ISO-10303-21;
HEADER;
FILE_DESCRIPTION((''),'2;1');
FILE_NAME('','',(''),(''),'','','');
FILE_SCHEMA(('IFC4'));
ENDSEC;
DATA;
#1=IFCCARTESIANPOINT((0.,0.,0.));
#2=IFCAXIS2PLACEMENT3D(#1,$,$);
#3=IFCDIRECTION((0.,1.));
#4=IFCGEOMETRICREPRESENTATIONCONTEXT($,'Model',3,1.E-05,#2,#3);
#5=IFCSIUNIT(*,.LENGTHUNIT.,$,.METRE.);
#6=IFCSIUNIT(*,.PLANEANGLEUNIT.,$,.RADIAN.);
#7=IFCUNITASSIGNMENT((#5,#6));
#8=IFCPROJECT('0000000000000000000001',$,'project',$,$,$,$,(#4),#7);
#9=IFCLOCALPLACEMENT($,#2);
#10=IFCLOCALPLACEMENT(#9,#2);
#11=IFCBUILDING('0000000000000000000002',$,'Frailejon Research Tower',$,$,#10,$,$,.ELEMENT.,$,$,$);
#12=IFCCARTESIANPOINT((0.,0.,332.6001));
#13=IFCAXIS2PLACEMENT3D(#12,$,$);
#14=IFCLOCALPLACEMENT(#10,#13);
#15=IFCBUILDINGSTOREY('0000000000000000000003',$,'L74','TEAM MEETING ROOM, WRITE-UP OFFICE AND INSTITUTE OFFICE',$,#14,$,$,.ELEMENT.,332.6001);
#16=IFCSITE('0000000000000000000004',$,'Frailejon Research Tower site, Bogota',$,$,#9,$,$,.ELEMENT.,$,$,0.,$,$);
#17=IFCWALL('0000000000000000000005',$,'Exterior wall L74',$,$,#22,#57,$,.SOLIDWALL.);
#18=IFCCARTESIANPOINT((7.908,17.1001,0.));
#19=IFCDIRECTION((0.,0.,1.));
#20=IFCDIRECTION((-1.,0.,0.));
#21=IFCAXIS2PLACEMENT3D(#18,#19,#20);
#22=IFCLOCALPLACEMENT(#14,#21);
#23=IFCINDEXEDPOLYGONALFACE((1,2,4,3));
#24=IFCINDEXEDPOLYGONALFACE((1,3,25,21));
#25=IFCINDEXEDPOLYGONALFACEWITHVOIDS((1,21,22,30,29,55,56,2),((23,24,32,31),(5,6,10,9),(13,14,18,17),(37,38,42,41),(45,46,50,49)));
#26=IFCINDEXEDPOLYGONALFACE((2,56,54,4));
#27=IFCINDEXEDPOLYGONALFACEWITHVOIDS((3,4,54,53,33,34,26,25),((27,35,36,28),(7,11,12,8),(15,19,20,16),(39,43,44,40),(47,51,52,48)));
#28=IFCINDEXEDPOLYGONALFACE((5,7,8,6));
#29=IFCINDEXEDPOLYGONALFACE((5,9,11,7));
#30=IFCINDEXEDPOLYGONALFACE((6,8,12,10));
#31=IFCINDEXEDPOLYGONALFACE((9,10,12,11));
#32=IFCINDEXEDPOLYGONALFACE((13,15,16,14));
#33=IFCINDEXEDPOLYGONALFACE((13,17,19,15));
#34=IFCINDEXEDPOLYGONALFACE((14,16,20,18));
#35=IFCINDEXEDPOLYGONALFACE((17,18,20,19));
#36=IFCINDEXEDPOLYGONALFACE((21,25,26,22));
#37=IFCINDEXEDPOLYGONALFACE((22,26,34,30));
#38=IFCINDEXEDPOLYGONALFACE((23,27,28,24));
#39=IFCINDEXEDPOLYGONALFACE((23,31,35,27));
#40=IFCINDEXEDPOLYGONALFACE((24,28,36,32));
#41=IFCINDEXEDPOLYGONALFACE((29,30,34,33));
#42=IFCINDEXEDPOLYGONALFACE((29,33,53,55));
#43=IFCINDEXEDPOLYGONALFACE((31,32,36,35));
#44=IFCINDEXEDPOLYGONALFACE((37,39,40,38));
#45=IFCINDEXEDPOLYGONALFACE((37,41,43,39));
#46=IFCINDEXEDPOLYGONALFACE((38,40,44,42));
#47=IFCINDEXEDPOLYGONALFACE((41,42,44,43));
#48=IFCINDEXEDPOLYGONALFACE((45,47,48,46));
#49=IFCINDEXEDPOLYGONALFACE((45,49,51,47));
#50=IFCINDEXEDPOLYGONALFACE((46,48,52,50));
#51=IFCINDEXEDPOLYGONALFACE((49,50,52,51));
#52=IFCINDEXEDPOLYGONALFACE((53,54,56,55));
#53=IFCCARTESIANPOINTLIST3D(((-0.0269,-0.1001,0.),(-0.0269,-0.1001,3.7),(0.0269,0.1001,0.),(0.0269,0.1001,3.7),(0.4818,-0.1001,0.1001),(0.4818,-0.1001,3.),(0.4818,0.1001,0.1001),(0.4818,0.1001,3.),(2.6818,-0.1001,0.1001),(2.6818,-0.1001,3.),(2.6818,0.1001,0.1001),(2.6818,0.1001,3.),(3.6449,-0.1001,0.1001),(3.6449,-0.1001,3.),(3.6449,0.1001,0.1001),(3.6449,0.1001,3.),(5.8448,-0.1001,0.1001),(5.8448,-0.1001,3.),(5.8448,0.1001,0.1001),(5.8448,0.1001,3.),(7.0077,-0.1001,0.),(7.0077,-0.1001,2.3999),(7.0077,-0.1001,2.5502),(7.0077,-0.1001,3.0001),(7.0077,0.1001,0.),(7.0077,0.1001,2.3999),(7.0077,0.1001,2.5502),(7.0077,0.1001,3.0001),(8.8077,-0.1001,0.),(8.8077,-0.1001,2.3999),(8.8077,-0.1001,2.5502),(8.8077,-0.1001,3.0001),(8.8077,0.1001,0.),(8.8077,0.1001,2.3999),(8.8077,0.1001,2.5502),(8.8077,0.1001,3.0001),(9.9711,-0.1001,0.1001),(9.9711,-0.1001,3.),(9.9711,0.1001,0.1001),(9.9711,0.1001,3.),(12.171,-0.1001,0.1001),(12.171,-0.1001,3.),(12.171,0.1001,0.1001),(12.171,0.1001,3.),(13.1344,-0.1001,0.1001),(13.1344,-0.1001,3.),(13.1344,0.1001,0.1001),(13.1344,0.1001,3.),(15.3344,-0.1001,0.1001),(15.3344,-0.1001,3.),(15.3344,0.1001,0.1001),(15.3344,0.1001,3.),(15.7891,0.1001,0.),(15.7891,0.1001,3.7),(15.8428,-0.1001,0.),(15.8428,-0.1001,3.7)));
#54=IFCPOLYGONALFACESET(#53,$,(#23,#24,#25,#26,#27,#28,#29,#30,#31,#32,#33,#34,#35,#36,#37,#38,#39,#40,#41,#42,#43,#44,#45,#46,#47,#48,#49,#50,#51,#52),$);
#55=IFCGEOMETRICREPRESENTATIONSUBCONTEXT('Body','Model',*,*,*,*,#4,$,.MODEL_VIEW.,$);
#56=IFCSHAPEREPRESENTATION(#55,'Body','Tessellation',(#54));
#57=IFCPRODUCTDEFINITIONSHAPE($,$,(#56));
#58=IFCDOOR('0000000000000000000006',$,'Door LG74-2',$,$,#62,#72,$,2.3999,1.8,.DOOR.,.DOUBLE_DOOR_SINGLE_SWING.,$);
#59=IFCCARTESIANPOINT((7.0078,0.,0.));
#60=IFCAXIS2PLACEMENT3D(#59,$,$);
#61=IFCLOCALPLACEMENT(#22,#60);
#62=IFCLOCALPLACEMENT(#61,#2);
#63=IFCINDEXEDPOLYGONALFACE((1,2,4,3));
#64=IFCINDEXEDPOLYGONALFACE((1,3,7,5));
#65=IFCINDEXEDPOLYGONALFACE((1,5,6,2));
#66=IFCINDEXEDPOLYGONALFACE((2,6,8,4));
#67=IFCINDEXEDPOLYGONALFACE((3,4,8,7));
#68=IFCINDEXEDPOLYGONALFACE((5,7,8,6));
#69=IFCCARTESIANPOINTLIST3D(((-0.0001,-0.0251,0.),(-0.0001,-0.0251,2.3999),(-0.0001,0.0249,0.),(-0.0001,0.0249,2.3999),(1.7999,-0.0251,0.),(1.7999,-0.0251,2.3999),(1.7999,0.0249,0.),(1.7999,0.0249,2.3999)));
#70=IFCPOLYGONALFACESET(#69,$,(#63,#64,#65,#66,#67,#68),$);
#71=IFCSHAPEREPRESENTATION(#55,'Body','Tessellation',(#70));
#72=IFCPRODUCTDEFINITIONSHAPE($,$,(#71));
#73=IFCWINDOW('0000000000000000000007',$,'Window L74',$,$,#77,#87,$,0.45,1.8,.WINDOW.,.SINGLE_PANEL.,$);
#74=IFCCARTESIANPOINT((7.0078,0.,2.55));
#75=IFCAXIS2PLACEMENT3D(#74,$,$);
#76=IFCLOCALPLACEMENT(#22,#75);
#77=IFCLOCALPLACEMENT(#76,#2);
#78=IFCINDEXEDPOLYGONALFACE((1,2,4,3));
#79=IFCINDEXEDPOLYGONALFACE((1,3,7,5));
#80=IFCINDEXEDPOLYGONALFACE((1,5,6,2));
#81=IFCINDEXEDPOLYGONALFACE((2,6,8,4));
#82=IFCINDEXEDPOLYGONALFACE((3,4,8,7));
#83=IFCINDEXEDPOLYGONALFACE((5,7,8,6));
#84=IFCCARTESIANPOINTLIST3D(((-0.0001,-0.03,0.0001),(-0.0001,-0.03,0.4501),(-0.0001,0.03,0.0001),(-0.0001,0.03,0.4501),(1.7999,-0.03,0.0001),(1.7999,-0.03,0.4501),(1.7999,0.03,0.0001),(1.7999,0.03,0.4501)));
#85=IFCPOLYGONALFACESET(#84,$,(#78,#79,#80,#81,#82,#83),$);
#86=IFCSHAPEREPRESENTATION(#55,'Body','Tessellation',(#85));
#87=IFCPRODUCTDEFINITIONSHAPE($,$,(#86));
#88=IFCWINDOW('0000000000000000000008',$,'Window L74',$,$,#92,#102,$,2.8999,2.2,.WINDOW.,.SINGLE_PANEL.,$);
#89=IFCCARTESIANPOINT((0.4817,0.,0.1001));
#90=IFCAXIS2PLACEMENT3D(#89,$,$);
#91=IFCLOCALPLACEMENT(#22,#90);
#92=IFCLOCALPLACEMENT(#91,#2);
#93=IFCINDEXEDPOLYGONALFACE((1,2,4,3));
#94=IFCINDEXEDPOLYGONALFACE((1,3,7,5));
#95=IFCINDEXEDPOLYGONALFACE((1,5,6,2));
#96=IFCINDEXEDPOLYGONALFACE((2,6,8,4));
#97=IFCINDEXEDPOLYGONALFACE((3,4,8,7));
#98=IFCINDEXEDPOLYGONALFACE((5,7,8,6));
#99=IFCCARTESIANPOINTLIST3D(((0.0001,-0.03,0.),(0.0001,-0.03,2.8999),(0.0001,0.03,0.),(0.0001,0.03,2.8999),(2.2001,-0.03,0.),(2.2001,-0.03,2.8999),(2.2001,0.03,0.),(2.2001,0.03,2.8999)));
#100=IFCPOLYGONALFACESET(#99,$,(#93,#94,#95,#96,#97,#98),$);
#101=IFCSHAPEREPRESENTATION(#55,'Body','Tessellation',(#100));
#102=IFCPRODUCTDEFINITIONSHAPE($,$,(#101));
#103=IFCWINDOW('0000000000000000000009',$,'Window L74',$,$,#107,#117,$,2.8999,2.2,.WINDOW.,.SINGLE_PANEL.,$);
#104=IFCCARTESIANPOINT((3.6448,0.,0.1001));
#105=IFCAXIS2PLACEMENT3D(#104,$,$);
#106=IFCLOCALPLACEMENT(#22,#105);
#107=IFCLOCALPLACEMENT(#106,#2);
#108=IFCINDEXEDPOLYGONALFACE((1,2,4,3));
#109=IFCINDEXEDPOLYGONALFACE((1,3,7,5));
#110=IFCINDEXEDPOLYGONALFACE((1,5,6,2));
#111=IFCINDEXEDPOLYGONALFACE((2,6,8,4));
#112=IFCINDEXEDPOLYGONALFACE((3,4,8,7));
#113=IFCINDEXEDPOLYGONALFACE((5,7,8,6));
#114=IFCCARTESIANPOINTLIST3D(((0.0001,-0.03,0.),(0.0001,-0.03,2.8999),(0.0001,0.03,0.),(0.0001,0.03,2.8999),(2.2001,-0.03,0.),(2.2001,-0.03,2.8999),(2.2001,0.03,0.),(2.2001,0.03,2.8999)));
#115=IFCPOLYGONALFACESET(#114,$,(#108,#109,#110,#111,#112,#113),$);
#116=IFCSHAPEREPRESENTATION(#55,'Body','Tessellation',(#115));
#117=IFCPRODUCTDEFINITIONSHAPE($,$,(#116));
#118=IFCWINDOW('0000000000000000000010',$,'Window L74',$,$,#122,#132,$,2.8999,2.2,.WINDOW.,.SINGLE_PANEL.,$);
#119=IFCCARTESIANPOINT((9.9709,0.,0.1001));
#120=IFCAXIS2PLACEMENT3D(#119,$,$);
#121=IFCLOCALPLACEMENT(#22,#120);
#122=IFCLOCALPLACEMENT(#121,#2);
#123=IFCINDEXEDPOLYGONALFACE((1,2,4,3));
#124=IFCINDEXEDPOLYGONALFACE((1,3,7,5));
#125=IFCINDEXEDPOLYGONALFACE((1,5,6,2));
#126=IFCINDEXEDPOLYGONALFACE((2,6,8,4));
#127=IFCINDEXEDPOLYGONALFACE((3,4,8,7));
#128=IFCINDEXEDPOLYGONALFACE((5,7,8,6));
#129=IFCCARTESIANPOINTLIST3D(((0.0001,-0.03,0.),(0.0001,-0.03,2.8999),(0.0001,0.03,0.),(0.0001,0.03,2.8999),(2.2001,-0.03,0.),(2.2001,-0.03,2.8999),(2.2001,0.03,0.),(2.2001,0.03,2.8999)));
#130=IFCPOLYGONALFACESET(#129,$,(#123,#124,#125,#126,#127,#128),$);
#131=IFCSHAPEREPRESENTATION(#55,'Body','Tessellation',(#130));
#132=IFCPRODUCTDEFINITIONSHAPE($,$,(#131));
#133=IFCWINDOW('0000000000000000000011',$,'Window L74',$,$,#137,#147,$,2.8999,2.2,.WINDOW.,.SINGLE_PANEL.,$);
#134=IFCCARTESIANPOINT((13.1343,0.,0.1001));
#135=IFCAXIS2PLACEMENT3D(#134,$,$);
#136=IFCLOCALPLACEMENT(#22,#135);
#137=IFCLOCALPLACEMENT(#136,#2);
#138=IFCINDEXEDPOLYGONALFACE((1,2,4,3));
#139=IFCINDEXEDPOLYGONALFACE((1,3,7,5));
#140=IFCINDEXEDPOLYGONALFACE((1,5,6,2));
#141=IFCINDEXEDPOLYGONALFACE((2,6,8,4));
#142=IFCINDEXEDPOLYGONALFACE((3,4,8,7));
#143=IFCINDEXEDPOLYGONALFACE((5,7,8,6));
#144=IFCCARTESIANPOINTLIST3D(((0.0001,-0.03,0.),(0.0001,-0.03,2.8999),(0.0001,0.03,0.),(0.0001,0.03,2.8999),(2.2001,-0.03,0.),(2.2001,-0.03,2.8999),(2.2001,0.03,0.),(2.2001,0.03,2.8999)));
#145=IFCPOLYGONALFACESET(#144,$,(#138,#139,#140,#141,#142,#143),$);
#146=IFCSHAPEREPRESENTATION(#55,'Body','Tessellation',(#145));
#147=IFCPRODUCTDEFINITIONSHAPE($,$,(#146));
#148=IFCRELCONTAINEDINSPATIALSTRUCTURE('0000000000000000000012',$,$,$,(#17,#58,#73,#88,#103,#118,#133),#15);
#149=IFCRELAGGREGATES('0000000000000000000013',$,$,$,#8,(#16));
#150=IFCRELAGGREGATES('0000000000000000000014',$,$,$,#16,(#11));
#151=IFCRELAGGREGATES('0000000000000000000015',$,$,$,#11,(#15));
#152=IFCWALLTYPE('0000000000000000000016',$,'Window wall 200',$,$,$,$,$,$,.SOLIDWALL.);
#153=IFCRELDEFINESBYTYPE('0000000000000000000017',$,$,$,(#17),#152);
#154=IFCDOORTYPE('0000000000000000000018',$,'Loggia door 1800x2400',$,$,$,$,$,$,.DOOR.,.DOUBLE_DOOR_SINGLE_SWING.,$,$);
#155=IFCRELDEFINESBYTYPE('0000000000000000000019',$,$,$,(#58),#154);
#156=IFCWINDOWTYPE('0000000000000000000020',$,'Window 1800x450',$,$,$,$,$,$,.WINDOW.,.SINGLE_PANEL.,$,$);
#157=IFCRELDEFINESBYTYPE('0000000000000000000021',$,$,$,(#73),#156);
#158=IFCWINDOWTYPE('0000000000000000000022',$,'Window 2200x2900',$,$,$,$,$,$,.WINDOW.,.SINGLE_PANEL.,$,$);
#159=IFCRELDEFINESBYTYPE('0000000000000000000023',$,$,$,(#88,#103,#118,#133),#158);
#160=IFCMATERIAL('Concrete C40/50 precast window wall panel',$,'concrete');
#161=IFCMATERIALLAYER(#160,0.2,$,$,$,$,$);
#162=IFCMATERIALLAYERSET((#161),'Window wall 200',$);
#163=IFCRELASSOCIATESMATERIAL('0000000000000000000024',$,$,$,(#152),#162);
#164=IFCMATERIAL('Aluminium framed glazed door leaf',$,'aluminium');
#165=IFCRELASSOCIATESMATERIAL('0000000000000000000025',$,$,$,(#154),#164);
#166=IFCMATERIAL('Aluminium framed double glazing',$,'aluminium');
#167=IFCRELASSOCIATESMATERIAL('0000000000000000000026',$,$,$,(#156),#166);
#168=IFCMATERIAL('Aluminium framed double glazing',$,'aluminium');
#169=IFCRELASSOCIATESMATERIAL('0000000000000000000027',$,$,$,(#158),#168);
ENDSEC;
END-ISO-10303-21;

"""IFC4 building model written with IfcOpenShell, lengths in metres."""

from ifc_helpers import new_model, si_unit, direction, frame, frame_2d, origin, place, context, subcontext, project, spatial, polyline, rectangle, outline, extrude, material, layer, layer_set, type_object, element, fill, save


model = new_model("IFC4")

# Units and contexts
model_context = context("Model", 3, precision=1e-05, world=origin(), true_north=direction((0.0, 1.0)))
body_context = subcontext(model_context, "Body", "Model", "MODEL_VIEW")
ifc_project = project(units=[si_unit("LENGTHUNIT", "METRE"), si_unit("PLANEANGLEUNIT", "RADIAN")], contexts=[model_context])

# Site, building, storey
site_placement = place(None, origin())
site = spatial("IfcSite", under=ifc_project, at=site_placement, Name="Frailejon Research Tower site, Bogota", CompositionType="ELEMENT", RefElevation=0.0)
building_placement = place(site_placement, origin())
building = spatial("IfcBuilding", under=site, at=building_placement, Name="Frailejon Research Tower", CompositionType="ELEMENT")
storey_placement = place(building_placement, frame((0.0, 0.0, 332.6001)))
storey = spatial("IfcBuildingStorey", under=building, at=storey_placement, Name="L74", Description="TEAM MEETING ROOM, WRITE-UP OFFICE AND INSTITUTE OFFICE", CompositionType="ELEMENT", Elevation=332.6001)

# Wall, openings, door, windows
ifc_material_1 = material(Name="Concrete C40/50 precast window wall panel", Category="concrete")
ifc_layer_1 = layer(ifc_material_1, 0.2)
ifc_layer_set_1 = layer_set([ifc_layer_1], Name="Window wall 200")
wall_type_1 = type_object("IfcWallType", Name="Window wall 200", PredefinedType="SOLIDWALL", material=ifc_layer_set_1)
wall_1_placement = place(storey_placement, frame((7.908, 17.1001, 0.0), z_axis=(0.0, 0.0, 1.0), x_axis=(-1.0, 0.0, 0.0)))
wall_1 = element("IfcWall", 1, at=wall_1_placement, inside=storey, type_object=wall_type_1, Name="Exterior wall L74", PredefinedType="SOLIDWALL", context=body_context, shape_type="SweptSolid", body=[
    extrude(outline(polyline([(-0.0269, -0.1001), (1.031, -0.1001), (2.0891, -0.1001), (3.147, -0.1001), (4.2051, -0.1001), (5.2629, -0.1001), (6.321, -0.1001), (7.3789, -0.1001), (8.437, -0.1001), (9.4949, -0.1001), (10.553, -0.1001), (11.6108, -0.1001), (12.6689, -0.1001), (13.7268, -0.1001), (14.7849, -0.1001), (15.8428, -0.1001), (15.7891, 0.1001), (14.7383, 0.1001), (13.6875, 0.1001), (12.6367, 0.1001), (11.5857, 0.1001), (10.5349, 0.1001), (9.4841, 0.1001), (8.4333, 0.1001), (7.3826, 0.1001), (6.3318, 0.1001), (5.281, 0.1001), (4.2302, 0.1001), (3.1792, 0.1001), (2.1284, 0.1001), (1.0776, 0.1001), (0.0269, 0.1001), (-0.0269, -0.1001)])), origin(), (0.0, 0.0, 1.0), 3.7),
])
opening_1_placement = place(wall_1_placement, frame((0.4817, 0.0, 0.1001)))
opening_1 = element("IfcOpeningElement", 2, at=opening_1_placement, cuts=wall_1, PredefinedType="OPENING", context=body_context, shape_type="SweptSolid", body=[
    extrude(rectangle(XDim=2.2, YDim=2.8999, at=frame_2d((1.1001, 1.45))), frame((0.0, 0.1099, 0.0), z_axis=(0.0, -1.0, 0.0), x_axis=(1.0, 0.0, 0.0)), (0.0, 0.0, 1.0), 0.22),
])
opening_2_placement = place(wall_1_placement, frame((3.6448, 0.0, 0.1001)))
opening_2 = element("IfcOpeningElement", 3, at=opening_2_placement, cuts=wall_1, PredefinedType="OPENING", context=body_context, shape_type="SweptSolid", body=[
    extrude(rectangle(XDim=2.2, YDim=2.8999, at=frame_2d((1.1001, 1.45))), frame((0.0, 0.1099, 0.0), z_axis=(0.0, -1.0, 0.0), x_axis=(1.0, 0.0, 0.0)), (0.0, 0.0, 1.0), 0.22),
])
opening_3_placement = place(wall_1_placement, frame((7.0078, 0.0, 0.0)))
opening_3 = element("IfcOpeningElement", 4, at=opening_3_placement, cuts=wall_1, PredefinedType="OPENING", context=body_context, shape_type="SweptSolid", body=[
    extrude(rectangle(XDim=1.8, YDim=2.3999, at=frame_2d((0.8999, 1.2))), frame((0.0, 0.1099, 0.0), z_axis=(0.0, -1.0, 0.0), x_axis=(1.0, 0.0, 0.0)), (0.0, 0.0, 1.0), 0.22),
])
opening_4_placement = place(wall_1_placement, frame((7.0078, 0.0, 2.55)))
opening_4 = element("IfcOpeningElement", 5, at=opening_4_placement, cuts=wall_1, PredefinedType="OPENING", context=body_context, shape_type="SweptSolid", body=[
    extrude(rectangle(XDim=1.8, YDim=0.45, at=frame_2d((0.8999, 0.2251))), frame((0.0, 0.1099, 0.0), z_axis=(0.0, -1.0, 0.0), x_axis=(1.0, 0.0, 0.0)), (0.0, 0.0, 1.0), 0.22),
])
opening_5_placement = place(wall_1_placement, frame((9.9709, 0.0, 0.1001)))
opening_5 = element("IfcOpeningElement", 6, at=opening_5_placement, cuts=wall_1, PredefinedType="OPENING", context=body_context, shape_type="SweptSolid", body=[
    extrude(rectangle(XDim=2.2, YDim=2.8999, at=frame_2d((1.1001, 1.45))), frame((0.0, 0.1099, 0.0), z_axis=(0.0, -1.0, 0.0), x_axis=(1.0, 0.0, 0.0)), (0.0, 0.0, 1.0), 0.22),
])
opening_6_placement = place(wall_1_placement, frame((13.1343, 0.0, 0.1001)))
opening_6 = element("IfcOpeningElement", 7, at=opening_6_placement, cuts=wall_1, PredefinedType="OPENING", context=body_context, shape_type="SweptSolid", body=[
    extrude(rectangle(XDim=2.2, YDim=2.8999, at=frame_2d((1.1001, 1.45))), frame((0.0, 0.1099, 0.0), z_axis=(0.0, -1.0, 0.0), x_axis=(1.0, 0.0, 0.0)), (0.0, 0.0, 1.0), 0.22),
])
ifc_material_2 = material(Name="Aluminium framed glazed door leaf", Category="aluminium")
door_type = type_object("IfcDoorType", Name="Loggia door 1800x2400", OperationType="DOUBLE_DOOR_SINGLE_SWING", PredefinedType="DOOR", material=ifc_material_2)
door_placement = place(opening_3_placement, origin())
door = element("IfcDoor", 8, at=door_placement, inside=storey, type_object=door_type, Name="Door LG74-2", OperationType="DOUBLE_DOOR_SINGLE_SWING", OverallHeight=2.3999, OverallWidth=1.8, PredefinedType="DOOR", context=body_context, shape_type="SweptSolid", body=[
    extrude(rectangle(XDim=1.8, YDim=2.3999, at=frame_2d((0.8999, 1.2))), frame((0.0, 0.0249, 0.0), z_axis=(0.0, -1.0, 0.0), x_axis=(1.0, 0.0, 0.0)), (0.0, 0.0, 1.0), 0.05),
])
fill(opening_3, door)
ifc_material_3 = material(Name="Aluminium framed double glazing", Category="aluminium")
window_type_1 = type_object("IfcWindowType", Name="Window 1800x450", PartitioningType="SINGLE_PANEL", PredefinedType="WINDOW", material=ifc_material_3)
window_1_placement = place(opening_4_placement, origin())
window_1 = element("IfcWindow", 9, at=window_1_placement, inside=storey, type_object=window_type_1, Name="Window L74", OverallHeight=0.45, OverallWidth=1.8, PartitioningType="SINGLE_PANEL", PredefinedType="WINDOW", context=body_context, shape_type="SweptSolid", body=[
    extrude(rectangle(XDim=1.8, YDim=0.45, at=frame_2d((0.8999, 0.2251))), frame((0.0, 0.03, 0.0), z_axis=(0.0, -1.0, 0.0), x_axis=(1.0, 0.0, 0.0)), (0.0, 0.0, 1.0), 0.0601),
])
fill(opening_4, window_1)
ifc_material_4 = material(Name="Aluminium framed double glazing", Category="aluminium")
window_type_2 = type_object("IfcWindowType", Name="Window 2200x2900", PartitioningType="SINGLE_PANEL", PredefinedType="WINDOW", material=ifc_material_4)
window_2_placement = place(opening_1_placement, origin())
window_2 = element("IfcWindow", 10, at=window_2_placement, inside=storey, type_object=window_type_2, Name="Window L74", OverallHeight=2.8999, OverallWidth=2.2, PartitioningType="SINGLE_PANEL", PredefinedType="WINDOW", context=body_context, shape_type="SweptSolid", body=[
    extrude(rectangle(XDim=2.2, YDim=2.8999, at=frame_2d((1.1001, 1.45))), frame((0.0, 0.03, 0.0), z_axis=(0.0, -1.0, 0.0), x_axis=(1.0, 0.0, 0.0)), (0.0, 0.0, 1.0), 0.0601),
])
fill(opening_1, window_2)
window_3_placement = place(opening_2_placement, origin())
window_3 = element("IfcWindow", 11, at=window_3_placement, inside=storey, type_object=window_type_2, Name="Window L74", OverallHeight=2.8999, OverallWidth=2.2, PartitioningType="SINGLE_PANEL", PredefinedType="WINDOW", context=body_context, shape_type="SweptSolid", body=[
    extrude(rectangle(XDim=2.2, YDim=2.8999, at=frame_2d((1.1001, 1.45))), frame((0.0, 0.03, 0.0), z_axis=(0.0, -1.0, 0.0), x_axis=(1.0, 0.0, 0.0)), (0.0, 0.0, 1.0), 0.0601),
])
fill(opening_2, window_3)
window_4_placement = place(opening_5_placement, origin())
window_4 = element("IfcWindow", 12, at=window_4_placement, inside=storey, type_object=window_type_2, Name="Window L74", OverallHeight=2.8999, OverallWidth=2.2, PartitioningType="SINGLE_PANEL", PredefinedType="WINDOW", context=body_context, shape_type="SweptSolid", body=[
    extrude(rectangle(XDim=2.2, YDim=2.8999, at=frame_2d((1.1001, 1.45))), frame((0.0, 0.03, 0.0), z_axis=(0.0, -1.0, 0.0), x_axis=(1.0, 0.0, 0.0)), (0.0, 0.0, 1.0), 0.0601),
])
fill(opening_5, window_4)
window_5_placement = place(opening_6_placement, origin())
window_5 = element("IfcWindow", 13, at=window_5_placement, inside=storey, type_object=window_type_2, Name="Window L74", OverallHeight=2.8999, OverallWidth=2.2, PartitioningType="SINGLE_PANEL", PredefinedType="WINDOW", context=body_context, shape_type="SweptSolid", body=[
    extrude(rectangle(XDim=2.2, YDim=2.8999, at=frame_2d((1.1001, 1.45))), frame((0.0, 0.03, 0.0), z_axis=(0.0, -1.0, 0.0), x_axis=(1.0, 0.0, 0.0)), (0.0, 0.0, 1.0), 0.0601),
])
fill(opening_6, window_5)

save(model, "model.ifc")
